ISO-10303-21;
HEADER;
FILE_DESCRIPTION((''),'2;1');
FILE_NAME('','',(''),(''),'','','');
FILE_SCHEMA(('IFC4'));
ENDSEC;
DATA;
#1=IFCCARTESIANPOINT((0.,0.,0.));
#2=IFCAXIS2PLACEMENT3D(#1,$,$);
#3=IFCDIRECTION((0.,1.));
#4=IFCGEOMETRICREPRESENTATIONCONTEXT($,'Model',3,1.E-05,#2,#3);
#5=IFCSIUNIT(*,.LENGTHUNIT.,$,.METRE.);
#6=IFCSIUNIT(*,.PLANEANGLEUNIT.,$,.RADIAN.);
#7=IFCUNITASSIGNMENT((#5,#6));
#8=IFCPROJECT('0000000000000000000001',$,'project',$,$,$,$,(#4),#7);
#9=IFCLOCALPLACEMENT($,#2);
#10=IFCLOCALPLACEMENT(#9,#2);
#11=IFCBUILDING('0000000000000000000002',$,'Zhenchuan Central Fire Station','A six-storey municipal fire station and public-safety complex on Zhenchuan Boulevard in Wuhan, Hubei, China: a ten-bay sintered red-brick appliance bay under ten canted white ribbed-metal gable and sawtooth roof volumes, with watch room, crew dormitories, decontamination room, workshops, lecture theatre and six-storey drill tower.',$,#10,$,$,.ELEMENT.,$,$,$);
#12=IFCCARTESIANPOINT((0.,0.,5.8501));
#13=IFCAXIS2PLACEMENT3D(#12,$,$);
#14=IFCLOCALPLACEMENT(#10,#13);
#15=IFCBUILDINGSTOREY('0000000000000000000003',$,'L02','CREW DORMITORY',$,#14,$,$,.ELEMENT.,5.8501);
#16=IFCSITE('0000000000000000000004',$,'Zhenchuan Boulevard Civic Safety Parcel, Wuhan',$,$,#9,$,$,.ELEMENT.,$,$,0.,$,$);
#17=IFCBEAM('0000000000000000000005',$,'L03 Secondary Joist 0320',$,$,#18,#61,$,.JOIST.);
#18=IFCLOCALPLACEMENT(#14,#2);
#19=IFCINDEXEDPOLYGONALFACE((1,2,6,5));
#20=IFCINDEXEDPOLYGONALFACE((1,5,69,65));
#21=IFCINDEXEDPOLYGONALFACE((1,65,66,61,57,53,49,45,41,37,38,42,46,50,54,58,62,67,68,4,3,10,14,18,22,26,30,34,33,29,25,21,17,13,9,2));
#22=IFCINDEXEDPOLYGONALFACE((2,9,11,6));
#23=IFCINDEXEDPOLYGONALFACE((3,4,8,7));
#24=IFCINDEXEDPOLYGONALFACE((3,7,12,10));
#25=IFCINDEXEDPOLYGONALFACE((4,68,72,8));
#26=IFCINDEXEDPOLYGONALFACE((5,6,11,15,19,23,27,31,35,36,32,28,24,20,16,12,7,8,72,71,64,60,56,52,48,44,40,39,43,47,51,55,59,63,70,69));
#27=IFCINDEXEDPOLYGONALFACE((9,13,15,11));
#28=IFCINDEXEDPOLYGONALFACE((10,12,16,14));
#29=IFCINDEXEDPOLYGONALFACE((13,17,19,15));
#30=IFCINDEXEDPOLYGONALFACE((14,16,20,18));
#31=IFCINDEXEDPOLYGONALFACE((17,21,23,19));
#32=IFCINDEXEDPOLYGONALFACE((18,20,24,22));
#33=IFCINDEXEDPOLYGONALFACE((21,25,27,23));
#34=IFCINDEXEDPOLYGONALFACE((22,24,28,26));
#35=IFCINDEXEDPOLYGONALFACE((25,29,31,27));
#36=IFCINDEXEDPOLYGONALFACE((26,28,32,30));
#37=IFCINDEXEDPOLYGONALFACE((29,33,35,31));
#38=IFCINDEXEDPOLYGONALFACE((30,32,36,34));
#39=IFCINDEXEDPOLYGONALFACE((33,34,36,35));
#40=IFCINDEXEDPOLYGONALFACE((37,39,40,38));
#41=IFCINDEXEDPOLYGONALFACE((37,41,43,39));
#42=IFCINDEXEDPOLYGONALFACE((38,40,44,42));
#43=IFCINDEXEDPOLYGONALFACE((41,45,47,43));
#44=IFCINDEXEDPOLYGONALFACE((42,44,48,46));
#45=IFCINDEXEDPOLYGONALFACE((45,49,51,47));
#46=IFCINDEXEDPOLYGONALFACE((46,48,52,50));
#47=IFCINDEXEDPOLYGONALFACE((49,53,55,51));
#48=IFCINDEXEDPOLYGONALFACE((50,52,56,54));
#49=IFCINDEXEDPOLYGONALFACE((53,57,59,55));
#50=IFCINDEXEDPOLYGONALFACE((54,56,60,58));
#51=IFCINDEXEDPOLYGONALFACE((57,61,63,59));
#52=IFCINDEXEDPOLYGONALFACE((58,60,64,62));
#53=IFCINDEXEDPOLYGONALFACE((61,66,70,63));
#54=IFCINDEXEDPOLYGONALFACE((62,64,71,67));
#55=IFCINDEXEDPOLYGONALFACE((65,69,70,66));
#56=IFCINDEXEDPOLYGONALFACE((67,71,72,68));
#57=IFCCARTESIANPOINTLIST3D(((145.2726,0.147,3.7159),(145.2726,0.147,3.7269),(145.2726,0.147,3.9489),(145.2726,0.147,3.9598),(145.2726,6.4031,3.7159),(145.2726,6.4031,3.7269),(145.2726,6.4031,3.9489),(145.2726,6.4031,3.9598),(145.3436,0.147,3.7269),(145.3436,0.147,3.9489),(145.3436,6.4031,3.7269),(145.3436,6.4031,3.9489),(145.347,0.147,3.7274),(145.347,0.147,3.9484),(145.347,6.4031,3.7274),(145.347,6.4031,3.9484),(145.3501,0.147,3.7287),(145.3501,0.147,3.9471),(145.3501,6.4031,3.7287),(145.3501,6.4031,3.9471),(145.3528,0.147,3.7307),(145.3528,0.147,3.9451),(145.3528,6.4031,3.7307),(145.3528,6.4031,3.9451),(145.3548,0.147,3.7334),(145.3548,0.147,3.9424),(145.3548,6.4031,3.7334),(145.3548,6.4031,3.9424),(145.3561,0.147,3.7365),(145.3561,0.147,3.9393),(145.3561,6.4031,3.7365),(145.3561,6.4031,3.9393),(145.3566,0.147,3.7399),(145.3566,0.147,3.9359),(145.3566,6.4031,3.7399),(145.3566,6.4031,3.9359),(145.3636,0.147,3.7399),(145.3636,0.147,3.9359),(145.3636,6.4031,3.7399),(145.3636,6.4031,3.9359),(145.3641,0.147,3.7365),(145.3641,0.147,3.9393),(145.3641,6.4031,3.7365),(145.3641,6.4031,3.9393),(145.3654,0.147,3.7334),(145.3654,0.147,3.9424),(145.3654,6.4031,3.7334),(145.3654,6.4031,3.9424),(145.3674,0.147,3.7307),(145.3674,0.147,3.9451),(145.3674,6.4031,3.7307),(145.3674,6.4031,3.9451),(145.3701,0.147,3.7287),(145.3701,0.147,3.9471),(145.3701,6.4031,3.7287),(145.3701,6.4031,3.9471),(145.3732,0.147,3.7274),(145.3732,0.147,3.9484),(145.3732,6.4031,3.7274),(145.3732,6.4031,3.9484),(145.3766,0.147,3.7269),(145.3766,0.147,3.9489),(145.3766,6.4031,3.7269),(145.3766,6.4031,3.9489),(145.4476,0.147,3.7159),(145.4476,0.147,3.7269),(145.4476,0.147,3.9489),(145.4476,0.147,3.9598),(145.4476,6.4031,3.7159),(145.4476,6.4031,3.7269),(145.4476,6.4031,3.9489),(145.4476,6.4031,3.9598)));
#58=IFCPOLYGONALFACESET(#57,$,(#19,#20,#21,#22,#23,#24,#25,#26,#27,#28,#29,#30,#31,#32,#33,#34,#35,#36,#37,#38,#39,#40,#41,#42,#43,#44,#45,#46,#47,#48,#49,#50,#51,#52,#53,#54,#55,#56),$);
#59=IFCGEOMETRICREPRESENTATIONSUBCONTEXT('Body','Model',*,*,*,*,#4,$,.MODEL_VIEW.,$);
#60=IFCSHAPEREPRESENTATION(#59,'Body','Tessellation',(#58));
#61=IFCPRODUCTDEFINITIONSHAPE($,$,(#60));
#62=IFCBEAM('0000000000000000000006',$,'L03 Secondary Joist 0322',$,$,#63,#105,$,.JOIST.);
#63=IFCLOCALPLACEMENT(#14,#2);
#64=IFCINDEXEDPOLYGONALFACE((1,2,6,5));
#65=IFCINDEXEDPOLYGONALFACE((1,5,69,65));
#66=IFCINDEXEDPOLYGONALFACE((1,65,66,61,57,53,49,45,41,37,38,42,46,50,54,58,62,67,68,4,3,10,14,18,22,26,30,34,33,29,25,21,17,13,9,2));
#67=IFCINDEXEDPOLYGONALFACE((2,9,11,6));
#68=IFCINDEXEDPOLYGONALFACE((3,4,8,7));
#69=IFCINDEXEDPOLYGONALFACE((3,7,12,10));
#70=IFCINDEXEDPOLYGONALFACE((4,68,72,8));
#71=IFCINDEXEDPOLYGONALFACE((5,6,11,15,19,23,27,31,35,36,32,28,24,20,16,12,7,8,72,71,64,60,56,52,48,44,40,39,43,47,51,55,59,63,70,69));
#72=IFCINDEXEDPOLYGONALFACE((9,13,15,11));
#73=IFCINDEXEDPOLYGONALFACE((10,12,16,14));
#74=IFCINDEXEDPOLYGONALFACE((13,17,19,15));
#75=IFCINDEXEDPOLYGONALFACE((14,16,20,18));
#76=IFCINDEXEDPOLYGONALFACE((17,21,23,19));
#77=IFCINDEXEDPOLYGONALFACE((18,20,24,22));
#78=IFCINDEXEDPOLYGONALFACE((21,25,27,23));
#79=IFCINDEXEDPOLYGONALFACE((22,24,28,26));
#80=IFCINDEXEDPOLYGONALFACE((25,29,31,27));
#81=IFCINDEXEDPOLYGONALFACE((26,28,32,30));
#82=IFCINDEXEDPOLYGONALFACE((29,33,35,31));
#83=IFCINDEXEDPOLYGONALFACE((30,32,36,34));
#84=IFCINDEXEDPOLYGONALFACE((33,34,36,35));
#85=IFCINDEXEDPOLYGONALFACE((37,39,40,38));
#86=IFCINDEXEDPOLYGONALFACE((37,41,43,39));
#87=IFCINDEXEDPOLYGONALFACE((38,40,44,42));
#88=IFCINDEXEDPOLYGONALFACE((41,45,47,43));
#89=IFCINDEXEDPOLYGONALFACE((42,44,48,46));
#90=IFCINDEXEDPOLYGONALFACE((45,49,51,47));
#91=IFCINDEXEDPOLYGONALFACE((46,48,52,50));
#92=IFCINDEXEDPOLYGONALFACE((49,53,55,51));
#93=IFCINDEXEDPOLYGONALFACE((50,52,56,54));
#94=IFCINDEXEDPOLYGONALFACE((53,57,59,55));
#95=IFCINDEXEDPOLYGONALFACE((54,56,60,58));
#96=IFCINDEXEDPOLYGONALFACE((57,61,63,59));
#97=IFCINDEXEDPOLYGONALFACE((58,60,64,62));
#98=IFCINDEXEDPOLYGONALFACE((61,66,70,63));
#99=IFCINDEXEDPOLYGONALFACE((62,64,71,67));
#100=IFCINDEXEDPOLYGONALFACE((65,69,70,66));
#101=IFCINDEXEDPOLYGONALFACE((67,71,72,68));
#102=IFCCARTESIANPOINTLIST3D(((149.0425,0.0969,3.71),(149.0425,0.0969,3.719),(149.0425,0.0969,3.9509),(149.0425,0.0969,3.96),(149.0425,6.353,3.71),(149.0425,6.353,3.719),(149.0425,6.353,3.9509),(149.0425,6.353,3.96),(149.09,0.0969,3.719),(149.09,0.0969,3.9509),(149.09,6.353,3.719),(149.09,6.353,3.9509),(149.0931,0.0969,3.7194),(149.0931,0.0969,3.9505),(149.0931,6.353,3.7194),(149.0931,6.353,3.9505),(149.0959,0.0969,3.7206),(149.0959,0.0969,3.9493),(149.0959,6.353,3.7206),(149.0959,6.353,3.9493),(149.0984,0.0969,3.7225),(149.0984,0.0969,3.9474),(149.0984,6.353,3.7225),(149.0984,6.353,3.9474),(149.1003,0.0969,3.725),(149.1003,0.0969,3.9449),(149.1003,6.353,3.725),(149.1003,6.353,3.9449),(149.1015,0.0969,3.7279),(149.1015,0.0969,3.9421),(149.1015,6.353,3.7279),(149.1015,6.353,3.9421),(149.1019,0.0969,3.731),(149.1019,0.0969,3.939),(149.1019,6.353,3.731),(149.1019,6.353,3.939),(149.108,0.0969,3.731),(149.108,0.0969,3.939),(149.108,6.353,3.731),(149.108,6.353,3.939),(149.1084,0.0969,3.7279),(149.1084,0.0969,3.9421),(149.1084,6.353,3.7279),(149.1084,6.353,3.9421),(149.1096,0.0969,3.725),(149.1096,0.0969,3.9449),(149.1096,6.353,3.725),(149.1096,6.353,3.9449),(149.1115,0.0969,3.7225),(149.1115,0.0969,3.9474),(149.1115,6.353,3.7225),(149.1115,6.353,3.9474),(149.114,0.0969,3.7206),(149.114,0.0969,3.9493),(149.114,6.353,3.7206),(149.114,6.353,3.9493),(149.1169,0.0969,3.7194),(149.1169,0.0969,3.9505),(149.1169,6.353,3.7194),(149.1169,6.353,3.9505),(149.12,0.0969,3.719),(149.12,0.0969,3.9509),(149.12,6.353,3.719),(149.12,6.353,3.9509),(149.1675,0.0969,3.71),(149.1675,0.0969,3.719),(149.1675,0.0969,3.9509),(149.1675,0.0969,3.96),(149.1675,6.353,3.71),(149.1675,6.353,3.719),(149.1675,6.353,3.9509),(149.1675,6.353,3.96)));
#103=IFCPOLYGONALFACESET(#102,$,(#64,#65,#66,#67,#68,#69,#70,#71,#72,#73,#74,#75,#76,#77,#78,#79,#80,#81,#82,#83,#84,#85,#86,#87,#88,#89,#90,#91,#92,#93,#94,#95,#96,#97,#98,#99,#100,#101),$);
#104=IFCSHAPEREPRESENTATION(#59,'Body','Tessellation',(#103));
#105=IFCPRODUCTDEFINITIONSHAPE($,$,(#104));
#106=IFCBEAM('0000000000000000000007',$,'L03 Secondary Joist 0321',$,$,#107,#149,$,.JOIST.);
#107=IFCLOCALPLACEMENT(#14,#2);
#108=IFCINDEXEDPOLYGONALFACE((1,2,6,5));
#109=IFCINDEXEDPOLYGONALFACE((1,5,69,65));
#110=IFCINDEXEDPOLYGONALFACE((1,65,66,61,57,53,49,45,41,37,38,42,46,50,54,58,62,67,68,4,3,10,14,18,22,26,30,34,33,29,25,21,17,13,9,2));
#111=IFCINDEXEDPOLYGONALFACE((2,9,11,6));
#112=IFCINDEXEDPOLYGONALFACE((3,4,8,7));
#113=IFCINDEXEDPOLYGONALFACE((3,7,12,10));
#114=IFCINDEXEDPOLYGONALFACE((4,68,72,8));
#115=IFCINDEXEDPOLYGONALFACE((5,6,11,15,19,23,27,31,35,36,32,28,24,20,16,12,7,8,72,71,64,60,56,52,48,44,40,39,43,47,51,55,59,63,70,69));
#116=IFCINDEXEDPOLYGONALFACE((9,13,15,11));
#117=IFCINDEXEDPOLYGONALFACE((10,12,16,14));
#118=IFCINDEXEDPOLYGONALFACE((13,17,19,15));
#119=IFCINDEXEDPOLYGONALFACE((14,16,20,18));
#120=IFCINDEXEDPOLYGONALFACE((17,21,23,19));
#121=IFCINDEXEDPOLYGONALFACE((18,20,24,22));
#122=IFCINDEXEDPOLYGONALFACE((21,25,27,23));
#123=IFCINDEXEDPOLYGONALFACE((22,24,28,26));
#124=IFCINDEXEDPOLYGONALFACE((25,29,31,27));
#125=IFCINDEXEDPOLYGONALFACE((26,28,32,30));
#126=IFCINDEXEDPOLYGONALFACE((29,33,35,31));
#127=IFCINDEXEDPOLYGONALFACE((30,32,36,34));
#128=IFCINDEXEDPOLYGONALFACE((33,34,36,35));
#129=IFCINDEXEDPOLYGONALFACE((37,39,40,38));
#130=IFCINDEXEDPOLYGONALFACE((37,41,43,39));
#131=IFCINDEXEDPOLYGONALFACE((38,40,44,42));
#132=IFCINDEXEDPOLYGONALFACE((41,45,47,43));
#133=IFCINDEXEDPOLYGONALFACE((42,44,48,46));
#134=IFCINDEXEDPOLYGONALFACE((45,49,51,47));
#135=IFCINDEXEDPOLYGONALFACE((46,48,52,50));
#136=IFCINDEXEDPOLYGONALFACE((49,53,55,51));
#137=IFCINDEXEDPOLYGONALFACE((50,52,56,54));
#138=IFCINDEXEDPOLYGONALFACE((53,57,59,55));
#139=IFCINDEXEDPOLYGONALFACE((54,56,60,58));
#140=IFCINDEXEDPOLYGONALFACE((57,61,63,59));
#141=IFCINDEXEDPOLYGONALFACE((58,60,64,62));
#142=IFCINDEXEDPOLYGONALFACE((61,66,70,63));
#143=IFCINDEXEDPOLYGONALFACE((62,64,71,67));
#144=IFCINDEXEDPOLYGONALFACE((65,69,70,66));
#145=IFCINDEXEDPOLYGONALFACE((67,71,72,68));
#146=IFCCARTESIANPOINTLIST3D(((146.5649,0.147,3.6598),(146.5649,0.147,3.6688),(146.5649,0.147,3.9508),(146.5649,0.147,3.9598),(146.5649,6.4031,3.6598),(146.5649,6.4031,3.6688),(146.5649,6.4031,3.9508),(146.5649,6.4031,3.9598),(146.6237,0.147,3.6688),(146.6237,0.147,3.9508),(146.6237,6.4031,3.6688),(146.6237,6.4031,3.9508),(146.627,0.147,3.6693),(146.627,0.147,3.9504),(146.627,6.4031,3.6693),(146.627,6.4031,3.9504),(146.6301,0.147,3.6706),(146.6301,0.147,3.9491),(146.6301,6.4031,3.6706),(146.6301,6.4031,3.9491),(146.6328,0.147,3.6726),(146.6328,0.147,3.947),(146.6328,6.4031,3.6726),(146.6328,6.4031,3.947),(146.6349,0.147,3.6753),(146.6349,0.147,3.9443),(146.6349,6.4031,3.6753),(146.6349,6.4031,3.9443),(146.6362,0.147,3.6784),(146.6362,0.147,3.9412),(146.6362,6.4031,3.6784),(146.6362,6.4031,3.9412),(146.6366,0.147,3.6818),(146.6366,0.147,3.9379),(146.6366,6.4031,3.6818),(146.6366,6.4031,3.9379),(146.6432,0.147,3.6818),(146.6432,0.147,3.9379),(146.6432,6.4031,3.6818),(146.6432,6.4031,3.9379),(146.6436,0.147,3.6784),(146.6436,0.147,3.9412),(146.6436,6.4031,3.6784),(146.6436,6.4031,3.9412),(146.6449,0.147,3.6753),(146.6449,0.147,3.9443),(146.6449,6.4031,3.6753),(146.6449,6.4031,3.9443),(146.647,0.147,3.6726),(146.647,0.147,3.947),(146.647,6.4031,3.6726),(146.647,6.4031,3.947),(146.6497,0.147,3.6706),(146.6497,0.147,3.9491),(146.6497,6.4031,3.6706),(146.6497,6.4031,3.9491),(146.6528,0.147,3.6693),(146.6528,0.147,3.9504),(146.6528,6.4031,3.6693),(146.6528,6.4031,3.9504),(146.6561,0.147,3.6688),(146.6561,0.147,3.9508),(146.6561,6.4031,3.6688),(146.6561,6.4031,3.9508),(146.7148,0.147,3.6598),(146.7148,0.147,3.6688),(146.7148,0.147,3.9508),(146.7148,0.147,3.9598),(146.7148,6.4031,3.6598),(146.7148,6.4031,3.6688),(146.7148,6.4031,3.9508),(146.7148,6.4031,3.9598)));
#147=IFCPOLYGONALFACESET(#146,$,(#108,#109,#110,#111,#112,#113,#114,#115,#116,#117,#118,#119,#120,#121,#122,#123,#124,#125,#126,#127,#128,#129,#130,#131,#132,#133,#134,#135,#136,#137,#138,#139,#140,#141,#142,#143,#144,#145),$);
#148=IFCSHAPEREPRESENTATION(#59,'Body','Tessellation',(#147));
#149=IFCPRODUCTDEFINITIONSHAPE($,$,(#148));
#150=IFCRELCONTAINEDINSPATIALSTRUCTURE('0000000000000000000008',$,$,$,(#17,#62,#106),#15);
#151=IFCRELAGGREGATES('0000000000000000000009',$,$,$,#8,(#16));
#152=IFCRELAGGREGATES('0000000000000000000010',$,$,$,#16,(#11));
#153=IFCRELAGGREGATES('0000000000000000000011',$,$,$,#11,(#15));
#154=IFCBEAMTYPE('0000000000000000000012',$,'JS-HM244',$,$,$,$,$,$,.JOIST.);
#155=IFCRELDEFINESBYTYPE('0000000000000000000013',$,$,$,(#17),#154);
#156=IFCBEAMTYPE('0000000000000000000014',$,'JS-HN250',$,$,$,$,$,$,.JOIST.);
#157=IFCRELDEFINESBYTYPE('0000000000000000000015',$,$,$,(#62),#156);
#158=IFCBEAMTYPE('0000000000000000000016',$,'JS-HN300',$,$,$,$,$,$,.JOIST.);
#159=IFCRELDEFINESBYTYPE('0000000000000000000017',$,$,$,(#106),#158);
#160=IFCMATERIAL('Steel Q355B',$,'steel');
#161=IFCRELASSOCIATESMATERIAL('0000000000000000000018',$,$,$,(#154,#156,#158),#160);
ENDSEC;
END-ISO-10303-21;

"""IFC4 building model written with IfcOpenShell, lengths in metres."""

from ifc_helpers import new_model, si_unit, direction, frame, origin, origin_2d, place, context, subcontext, project, spatial, i_section, extrude, material, material_profile, profile_set, type_object, element, save


model = new_model("IFC4")

# Units and contexts
model_context = context("Model", 3, precision=1e-05, world=origin(), true_north=direction((0.0, 1.0)))
body_context = subcontext(model_context, "Body", "Model", "MODEL_VIEW")
ifc_project = project(units=[si_unit("LENGTHUNIT", "METRE"), si_unit("PLANEANGLEUNIT", "RADIAN")], contexts=[model_context])

# Site, building, storey
site_placement = place(None, origin())
site = spatial("IfcSite", under=ifc_project, at=site_placement, Name="Zhenchuan Boulevard Civic Safety Parcel, Wuhan", CompositionType="ELEMENT", RefElevation=0.0)
building_placement = place(site_placement, origin())
building = spatial("IfcBuilding", under=site, at=building_placement, Name="Zhenchuan Central Fire Station", Description="A six-storey municipal fire station and public-safety complex on Zhenchuan Boulevard in Wuhan, Hubei, China: a ten-bay sintered red-brick appliance bay under ten canted white ribbed-metal gable and sawtooth roof volumes, with watch room, crew dormitories, decontamination room, workshops, lecture theatre and six-storey drill tower.", CompositionType="ELEMENT")
storey_placement = place(building_placement, frame((0.0, 0.0, 5.8501)))
storey = spatial("IfcBuildingStorey", under=building, at=storey_placement, Name="L02", Description="CREW DORMITORY", CompositionType="ELEMENT", Elevation=5.8501)

# Shared definitions
ifc_material_1 = material(Name="Steel Q355B", Category="steel")

# Beams
ifc_material_profile_1 = material_profile(ifc_material_1, i_section(OverallWidth=0.175, OverallDepth=0.2439, WebThickness=0.0071, FlangeThickness=0.011, FilletRadius=0.0129, at=origin_2d()), Name="HM 244x175")
ifc_profile_set_1 = profile_set([ifc_material_profile_1], Name="Steel Q355B")
beam_type_1 = type_object("IfcBeamType", Name="JS-HM244", PredefinedType="JOIST", material=ifc_profile_set_1)
beam_1_placement = place(storey_placement, frame((145.3601, 0.147, 3.8379), z_axis=(0.0, 1.0, 0.0), x_axis=(-1.0, 0.0, 0.0)))
element("IfcBeam", 1, at=beam_1_placement, inside=storey, type_object=beam_type_1, Name="L03 Secondary Joist 0320", PredefinedType="JOIST", context=body_context, shape_type="SweptSolid", body=[
    extrude(i_section(OverallWidth=0.175, OverallDepth=0.2439, WebThickness=0.0071, FlangeThickness=0.011, FilletRadius=0.0129, at=origin_2d()), origin(), (0.0, 0.0, 1.0), 6.2561),
])
ifc_material_profile_2 = material_profile(ifc_material_1, i_section(OverallWidth=0.125, OverallDepth=0.25, WebThickness=0.0061, FlangeThickness=0.009, FilletRadius=0.012, at=origin_2d()), Name="HN 250x125")
ifc_profile_set_2 = profile_set([ifc_material_profile_2], Name="Steel Q355B")
beam_type_2 = type_object("IfcBeamType", Name="JS-HN250", PredefinedType="JOIST", material=ifc_profile_set_2)
beam_2_placement = place(storey_placement, frame((149.105, 0.0969, 3.835), z_axis=(0.0, 1.0, 0.0), x_axis=(-1.0, 0.0, 0.0)))
element("IfcBeam", 2, at=beam_2_placement, inside=storey, type_object=beam_type_2, Name="L03 Secondary Joist 0322", PredefinedType="JOIST", context=body_context, shape_type="SweptSolid", body=[
    extrude(i_section(OverallWidth=0.125, OverallDepth=0.25, WebThickness=0.0061, FlangeThickness=0.009, FilletRadius=0.012, at=origin_2d()), origin(), (0.0, 0.0, 1.0), 6.2561),
])
ifc_material_profile_3 = material_profile(ifc_material_1, i_section(OverallWidth=0.1499, OverallDepth=0.3, WebThickness=0.0066, FlangeThickness=0.009, FilletRadius=0.0129, at=origin_2d()), Name="HN 300x150")
ifc_profile_set_3 = profile_set([ifc_material_profile_3], Name="Steel Q355B")
beam_type_3 = type_object("IfcBeamType", Name="JS-HN300", PredefinedType="JOIST", material=ifc_profile_set_3)
beam_3_placement = place(storey_placement, frame((146.6399, 0.147, 3.8098), z_axis=(0.0, 1.0, 0.0), x_axis=(-1.0, 0.0, 0.0)))
element("IfcBeam", 3, at=beam_3_placement, inside=storey, type_object=beam_type_3, Name="L03 Secondary Joist 0321", PredefinedType="JOIST", context=body_context, shape_type="SweptSolid", body=[
    extrude(i_section(OverallWidth=0.1499, OverallDepth=0.3, WebThickness=0.0066, FlangeThickness=0.009, FilletRadius=0.0129, at=origin_2d()), origin(), (0.0, 0.0, 1.0), 6.2561),
])

save(model, "model.ifc")
